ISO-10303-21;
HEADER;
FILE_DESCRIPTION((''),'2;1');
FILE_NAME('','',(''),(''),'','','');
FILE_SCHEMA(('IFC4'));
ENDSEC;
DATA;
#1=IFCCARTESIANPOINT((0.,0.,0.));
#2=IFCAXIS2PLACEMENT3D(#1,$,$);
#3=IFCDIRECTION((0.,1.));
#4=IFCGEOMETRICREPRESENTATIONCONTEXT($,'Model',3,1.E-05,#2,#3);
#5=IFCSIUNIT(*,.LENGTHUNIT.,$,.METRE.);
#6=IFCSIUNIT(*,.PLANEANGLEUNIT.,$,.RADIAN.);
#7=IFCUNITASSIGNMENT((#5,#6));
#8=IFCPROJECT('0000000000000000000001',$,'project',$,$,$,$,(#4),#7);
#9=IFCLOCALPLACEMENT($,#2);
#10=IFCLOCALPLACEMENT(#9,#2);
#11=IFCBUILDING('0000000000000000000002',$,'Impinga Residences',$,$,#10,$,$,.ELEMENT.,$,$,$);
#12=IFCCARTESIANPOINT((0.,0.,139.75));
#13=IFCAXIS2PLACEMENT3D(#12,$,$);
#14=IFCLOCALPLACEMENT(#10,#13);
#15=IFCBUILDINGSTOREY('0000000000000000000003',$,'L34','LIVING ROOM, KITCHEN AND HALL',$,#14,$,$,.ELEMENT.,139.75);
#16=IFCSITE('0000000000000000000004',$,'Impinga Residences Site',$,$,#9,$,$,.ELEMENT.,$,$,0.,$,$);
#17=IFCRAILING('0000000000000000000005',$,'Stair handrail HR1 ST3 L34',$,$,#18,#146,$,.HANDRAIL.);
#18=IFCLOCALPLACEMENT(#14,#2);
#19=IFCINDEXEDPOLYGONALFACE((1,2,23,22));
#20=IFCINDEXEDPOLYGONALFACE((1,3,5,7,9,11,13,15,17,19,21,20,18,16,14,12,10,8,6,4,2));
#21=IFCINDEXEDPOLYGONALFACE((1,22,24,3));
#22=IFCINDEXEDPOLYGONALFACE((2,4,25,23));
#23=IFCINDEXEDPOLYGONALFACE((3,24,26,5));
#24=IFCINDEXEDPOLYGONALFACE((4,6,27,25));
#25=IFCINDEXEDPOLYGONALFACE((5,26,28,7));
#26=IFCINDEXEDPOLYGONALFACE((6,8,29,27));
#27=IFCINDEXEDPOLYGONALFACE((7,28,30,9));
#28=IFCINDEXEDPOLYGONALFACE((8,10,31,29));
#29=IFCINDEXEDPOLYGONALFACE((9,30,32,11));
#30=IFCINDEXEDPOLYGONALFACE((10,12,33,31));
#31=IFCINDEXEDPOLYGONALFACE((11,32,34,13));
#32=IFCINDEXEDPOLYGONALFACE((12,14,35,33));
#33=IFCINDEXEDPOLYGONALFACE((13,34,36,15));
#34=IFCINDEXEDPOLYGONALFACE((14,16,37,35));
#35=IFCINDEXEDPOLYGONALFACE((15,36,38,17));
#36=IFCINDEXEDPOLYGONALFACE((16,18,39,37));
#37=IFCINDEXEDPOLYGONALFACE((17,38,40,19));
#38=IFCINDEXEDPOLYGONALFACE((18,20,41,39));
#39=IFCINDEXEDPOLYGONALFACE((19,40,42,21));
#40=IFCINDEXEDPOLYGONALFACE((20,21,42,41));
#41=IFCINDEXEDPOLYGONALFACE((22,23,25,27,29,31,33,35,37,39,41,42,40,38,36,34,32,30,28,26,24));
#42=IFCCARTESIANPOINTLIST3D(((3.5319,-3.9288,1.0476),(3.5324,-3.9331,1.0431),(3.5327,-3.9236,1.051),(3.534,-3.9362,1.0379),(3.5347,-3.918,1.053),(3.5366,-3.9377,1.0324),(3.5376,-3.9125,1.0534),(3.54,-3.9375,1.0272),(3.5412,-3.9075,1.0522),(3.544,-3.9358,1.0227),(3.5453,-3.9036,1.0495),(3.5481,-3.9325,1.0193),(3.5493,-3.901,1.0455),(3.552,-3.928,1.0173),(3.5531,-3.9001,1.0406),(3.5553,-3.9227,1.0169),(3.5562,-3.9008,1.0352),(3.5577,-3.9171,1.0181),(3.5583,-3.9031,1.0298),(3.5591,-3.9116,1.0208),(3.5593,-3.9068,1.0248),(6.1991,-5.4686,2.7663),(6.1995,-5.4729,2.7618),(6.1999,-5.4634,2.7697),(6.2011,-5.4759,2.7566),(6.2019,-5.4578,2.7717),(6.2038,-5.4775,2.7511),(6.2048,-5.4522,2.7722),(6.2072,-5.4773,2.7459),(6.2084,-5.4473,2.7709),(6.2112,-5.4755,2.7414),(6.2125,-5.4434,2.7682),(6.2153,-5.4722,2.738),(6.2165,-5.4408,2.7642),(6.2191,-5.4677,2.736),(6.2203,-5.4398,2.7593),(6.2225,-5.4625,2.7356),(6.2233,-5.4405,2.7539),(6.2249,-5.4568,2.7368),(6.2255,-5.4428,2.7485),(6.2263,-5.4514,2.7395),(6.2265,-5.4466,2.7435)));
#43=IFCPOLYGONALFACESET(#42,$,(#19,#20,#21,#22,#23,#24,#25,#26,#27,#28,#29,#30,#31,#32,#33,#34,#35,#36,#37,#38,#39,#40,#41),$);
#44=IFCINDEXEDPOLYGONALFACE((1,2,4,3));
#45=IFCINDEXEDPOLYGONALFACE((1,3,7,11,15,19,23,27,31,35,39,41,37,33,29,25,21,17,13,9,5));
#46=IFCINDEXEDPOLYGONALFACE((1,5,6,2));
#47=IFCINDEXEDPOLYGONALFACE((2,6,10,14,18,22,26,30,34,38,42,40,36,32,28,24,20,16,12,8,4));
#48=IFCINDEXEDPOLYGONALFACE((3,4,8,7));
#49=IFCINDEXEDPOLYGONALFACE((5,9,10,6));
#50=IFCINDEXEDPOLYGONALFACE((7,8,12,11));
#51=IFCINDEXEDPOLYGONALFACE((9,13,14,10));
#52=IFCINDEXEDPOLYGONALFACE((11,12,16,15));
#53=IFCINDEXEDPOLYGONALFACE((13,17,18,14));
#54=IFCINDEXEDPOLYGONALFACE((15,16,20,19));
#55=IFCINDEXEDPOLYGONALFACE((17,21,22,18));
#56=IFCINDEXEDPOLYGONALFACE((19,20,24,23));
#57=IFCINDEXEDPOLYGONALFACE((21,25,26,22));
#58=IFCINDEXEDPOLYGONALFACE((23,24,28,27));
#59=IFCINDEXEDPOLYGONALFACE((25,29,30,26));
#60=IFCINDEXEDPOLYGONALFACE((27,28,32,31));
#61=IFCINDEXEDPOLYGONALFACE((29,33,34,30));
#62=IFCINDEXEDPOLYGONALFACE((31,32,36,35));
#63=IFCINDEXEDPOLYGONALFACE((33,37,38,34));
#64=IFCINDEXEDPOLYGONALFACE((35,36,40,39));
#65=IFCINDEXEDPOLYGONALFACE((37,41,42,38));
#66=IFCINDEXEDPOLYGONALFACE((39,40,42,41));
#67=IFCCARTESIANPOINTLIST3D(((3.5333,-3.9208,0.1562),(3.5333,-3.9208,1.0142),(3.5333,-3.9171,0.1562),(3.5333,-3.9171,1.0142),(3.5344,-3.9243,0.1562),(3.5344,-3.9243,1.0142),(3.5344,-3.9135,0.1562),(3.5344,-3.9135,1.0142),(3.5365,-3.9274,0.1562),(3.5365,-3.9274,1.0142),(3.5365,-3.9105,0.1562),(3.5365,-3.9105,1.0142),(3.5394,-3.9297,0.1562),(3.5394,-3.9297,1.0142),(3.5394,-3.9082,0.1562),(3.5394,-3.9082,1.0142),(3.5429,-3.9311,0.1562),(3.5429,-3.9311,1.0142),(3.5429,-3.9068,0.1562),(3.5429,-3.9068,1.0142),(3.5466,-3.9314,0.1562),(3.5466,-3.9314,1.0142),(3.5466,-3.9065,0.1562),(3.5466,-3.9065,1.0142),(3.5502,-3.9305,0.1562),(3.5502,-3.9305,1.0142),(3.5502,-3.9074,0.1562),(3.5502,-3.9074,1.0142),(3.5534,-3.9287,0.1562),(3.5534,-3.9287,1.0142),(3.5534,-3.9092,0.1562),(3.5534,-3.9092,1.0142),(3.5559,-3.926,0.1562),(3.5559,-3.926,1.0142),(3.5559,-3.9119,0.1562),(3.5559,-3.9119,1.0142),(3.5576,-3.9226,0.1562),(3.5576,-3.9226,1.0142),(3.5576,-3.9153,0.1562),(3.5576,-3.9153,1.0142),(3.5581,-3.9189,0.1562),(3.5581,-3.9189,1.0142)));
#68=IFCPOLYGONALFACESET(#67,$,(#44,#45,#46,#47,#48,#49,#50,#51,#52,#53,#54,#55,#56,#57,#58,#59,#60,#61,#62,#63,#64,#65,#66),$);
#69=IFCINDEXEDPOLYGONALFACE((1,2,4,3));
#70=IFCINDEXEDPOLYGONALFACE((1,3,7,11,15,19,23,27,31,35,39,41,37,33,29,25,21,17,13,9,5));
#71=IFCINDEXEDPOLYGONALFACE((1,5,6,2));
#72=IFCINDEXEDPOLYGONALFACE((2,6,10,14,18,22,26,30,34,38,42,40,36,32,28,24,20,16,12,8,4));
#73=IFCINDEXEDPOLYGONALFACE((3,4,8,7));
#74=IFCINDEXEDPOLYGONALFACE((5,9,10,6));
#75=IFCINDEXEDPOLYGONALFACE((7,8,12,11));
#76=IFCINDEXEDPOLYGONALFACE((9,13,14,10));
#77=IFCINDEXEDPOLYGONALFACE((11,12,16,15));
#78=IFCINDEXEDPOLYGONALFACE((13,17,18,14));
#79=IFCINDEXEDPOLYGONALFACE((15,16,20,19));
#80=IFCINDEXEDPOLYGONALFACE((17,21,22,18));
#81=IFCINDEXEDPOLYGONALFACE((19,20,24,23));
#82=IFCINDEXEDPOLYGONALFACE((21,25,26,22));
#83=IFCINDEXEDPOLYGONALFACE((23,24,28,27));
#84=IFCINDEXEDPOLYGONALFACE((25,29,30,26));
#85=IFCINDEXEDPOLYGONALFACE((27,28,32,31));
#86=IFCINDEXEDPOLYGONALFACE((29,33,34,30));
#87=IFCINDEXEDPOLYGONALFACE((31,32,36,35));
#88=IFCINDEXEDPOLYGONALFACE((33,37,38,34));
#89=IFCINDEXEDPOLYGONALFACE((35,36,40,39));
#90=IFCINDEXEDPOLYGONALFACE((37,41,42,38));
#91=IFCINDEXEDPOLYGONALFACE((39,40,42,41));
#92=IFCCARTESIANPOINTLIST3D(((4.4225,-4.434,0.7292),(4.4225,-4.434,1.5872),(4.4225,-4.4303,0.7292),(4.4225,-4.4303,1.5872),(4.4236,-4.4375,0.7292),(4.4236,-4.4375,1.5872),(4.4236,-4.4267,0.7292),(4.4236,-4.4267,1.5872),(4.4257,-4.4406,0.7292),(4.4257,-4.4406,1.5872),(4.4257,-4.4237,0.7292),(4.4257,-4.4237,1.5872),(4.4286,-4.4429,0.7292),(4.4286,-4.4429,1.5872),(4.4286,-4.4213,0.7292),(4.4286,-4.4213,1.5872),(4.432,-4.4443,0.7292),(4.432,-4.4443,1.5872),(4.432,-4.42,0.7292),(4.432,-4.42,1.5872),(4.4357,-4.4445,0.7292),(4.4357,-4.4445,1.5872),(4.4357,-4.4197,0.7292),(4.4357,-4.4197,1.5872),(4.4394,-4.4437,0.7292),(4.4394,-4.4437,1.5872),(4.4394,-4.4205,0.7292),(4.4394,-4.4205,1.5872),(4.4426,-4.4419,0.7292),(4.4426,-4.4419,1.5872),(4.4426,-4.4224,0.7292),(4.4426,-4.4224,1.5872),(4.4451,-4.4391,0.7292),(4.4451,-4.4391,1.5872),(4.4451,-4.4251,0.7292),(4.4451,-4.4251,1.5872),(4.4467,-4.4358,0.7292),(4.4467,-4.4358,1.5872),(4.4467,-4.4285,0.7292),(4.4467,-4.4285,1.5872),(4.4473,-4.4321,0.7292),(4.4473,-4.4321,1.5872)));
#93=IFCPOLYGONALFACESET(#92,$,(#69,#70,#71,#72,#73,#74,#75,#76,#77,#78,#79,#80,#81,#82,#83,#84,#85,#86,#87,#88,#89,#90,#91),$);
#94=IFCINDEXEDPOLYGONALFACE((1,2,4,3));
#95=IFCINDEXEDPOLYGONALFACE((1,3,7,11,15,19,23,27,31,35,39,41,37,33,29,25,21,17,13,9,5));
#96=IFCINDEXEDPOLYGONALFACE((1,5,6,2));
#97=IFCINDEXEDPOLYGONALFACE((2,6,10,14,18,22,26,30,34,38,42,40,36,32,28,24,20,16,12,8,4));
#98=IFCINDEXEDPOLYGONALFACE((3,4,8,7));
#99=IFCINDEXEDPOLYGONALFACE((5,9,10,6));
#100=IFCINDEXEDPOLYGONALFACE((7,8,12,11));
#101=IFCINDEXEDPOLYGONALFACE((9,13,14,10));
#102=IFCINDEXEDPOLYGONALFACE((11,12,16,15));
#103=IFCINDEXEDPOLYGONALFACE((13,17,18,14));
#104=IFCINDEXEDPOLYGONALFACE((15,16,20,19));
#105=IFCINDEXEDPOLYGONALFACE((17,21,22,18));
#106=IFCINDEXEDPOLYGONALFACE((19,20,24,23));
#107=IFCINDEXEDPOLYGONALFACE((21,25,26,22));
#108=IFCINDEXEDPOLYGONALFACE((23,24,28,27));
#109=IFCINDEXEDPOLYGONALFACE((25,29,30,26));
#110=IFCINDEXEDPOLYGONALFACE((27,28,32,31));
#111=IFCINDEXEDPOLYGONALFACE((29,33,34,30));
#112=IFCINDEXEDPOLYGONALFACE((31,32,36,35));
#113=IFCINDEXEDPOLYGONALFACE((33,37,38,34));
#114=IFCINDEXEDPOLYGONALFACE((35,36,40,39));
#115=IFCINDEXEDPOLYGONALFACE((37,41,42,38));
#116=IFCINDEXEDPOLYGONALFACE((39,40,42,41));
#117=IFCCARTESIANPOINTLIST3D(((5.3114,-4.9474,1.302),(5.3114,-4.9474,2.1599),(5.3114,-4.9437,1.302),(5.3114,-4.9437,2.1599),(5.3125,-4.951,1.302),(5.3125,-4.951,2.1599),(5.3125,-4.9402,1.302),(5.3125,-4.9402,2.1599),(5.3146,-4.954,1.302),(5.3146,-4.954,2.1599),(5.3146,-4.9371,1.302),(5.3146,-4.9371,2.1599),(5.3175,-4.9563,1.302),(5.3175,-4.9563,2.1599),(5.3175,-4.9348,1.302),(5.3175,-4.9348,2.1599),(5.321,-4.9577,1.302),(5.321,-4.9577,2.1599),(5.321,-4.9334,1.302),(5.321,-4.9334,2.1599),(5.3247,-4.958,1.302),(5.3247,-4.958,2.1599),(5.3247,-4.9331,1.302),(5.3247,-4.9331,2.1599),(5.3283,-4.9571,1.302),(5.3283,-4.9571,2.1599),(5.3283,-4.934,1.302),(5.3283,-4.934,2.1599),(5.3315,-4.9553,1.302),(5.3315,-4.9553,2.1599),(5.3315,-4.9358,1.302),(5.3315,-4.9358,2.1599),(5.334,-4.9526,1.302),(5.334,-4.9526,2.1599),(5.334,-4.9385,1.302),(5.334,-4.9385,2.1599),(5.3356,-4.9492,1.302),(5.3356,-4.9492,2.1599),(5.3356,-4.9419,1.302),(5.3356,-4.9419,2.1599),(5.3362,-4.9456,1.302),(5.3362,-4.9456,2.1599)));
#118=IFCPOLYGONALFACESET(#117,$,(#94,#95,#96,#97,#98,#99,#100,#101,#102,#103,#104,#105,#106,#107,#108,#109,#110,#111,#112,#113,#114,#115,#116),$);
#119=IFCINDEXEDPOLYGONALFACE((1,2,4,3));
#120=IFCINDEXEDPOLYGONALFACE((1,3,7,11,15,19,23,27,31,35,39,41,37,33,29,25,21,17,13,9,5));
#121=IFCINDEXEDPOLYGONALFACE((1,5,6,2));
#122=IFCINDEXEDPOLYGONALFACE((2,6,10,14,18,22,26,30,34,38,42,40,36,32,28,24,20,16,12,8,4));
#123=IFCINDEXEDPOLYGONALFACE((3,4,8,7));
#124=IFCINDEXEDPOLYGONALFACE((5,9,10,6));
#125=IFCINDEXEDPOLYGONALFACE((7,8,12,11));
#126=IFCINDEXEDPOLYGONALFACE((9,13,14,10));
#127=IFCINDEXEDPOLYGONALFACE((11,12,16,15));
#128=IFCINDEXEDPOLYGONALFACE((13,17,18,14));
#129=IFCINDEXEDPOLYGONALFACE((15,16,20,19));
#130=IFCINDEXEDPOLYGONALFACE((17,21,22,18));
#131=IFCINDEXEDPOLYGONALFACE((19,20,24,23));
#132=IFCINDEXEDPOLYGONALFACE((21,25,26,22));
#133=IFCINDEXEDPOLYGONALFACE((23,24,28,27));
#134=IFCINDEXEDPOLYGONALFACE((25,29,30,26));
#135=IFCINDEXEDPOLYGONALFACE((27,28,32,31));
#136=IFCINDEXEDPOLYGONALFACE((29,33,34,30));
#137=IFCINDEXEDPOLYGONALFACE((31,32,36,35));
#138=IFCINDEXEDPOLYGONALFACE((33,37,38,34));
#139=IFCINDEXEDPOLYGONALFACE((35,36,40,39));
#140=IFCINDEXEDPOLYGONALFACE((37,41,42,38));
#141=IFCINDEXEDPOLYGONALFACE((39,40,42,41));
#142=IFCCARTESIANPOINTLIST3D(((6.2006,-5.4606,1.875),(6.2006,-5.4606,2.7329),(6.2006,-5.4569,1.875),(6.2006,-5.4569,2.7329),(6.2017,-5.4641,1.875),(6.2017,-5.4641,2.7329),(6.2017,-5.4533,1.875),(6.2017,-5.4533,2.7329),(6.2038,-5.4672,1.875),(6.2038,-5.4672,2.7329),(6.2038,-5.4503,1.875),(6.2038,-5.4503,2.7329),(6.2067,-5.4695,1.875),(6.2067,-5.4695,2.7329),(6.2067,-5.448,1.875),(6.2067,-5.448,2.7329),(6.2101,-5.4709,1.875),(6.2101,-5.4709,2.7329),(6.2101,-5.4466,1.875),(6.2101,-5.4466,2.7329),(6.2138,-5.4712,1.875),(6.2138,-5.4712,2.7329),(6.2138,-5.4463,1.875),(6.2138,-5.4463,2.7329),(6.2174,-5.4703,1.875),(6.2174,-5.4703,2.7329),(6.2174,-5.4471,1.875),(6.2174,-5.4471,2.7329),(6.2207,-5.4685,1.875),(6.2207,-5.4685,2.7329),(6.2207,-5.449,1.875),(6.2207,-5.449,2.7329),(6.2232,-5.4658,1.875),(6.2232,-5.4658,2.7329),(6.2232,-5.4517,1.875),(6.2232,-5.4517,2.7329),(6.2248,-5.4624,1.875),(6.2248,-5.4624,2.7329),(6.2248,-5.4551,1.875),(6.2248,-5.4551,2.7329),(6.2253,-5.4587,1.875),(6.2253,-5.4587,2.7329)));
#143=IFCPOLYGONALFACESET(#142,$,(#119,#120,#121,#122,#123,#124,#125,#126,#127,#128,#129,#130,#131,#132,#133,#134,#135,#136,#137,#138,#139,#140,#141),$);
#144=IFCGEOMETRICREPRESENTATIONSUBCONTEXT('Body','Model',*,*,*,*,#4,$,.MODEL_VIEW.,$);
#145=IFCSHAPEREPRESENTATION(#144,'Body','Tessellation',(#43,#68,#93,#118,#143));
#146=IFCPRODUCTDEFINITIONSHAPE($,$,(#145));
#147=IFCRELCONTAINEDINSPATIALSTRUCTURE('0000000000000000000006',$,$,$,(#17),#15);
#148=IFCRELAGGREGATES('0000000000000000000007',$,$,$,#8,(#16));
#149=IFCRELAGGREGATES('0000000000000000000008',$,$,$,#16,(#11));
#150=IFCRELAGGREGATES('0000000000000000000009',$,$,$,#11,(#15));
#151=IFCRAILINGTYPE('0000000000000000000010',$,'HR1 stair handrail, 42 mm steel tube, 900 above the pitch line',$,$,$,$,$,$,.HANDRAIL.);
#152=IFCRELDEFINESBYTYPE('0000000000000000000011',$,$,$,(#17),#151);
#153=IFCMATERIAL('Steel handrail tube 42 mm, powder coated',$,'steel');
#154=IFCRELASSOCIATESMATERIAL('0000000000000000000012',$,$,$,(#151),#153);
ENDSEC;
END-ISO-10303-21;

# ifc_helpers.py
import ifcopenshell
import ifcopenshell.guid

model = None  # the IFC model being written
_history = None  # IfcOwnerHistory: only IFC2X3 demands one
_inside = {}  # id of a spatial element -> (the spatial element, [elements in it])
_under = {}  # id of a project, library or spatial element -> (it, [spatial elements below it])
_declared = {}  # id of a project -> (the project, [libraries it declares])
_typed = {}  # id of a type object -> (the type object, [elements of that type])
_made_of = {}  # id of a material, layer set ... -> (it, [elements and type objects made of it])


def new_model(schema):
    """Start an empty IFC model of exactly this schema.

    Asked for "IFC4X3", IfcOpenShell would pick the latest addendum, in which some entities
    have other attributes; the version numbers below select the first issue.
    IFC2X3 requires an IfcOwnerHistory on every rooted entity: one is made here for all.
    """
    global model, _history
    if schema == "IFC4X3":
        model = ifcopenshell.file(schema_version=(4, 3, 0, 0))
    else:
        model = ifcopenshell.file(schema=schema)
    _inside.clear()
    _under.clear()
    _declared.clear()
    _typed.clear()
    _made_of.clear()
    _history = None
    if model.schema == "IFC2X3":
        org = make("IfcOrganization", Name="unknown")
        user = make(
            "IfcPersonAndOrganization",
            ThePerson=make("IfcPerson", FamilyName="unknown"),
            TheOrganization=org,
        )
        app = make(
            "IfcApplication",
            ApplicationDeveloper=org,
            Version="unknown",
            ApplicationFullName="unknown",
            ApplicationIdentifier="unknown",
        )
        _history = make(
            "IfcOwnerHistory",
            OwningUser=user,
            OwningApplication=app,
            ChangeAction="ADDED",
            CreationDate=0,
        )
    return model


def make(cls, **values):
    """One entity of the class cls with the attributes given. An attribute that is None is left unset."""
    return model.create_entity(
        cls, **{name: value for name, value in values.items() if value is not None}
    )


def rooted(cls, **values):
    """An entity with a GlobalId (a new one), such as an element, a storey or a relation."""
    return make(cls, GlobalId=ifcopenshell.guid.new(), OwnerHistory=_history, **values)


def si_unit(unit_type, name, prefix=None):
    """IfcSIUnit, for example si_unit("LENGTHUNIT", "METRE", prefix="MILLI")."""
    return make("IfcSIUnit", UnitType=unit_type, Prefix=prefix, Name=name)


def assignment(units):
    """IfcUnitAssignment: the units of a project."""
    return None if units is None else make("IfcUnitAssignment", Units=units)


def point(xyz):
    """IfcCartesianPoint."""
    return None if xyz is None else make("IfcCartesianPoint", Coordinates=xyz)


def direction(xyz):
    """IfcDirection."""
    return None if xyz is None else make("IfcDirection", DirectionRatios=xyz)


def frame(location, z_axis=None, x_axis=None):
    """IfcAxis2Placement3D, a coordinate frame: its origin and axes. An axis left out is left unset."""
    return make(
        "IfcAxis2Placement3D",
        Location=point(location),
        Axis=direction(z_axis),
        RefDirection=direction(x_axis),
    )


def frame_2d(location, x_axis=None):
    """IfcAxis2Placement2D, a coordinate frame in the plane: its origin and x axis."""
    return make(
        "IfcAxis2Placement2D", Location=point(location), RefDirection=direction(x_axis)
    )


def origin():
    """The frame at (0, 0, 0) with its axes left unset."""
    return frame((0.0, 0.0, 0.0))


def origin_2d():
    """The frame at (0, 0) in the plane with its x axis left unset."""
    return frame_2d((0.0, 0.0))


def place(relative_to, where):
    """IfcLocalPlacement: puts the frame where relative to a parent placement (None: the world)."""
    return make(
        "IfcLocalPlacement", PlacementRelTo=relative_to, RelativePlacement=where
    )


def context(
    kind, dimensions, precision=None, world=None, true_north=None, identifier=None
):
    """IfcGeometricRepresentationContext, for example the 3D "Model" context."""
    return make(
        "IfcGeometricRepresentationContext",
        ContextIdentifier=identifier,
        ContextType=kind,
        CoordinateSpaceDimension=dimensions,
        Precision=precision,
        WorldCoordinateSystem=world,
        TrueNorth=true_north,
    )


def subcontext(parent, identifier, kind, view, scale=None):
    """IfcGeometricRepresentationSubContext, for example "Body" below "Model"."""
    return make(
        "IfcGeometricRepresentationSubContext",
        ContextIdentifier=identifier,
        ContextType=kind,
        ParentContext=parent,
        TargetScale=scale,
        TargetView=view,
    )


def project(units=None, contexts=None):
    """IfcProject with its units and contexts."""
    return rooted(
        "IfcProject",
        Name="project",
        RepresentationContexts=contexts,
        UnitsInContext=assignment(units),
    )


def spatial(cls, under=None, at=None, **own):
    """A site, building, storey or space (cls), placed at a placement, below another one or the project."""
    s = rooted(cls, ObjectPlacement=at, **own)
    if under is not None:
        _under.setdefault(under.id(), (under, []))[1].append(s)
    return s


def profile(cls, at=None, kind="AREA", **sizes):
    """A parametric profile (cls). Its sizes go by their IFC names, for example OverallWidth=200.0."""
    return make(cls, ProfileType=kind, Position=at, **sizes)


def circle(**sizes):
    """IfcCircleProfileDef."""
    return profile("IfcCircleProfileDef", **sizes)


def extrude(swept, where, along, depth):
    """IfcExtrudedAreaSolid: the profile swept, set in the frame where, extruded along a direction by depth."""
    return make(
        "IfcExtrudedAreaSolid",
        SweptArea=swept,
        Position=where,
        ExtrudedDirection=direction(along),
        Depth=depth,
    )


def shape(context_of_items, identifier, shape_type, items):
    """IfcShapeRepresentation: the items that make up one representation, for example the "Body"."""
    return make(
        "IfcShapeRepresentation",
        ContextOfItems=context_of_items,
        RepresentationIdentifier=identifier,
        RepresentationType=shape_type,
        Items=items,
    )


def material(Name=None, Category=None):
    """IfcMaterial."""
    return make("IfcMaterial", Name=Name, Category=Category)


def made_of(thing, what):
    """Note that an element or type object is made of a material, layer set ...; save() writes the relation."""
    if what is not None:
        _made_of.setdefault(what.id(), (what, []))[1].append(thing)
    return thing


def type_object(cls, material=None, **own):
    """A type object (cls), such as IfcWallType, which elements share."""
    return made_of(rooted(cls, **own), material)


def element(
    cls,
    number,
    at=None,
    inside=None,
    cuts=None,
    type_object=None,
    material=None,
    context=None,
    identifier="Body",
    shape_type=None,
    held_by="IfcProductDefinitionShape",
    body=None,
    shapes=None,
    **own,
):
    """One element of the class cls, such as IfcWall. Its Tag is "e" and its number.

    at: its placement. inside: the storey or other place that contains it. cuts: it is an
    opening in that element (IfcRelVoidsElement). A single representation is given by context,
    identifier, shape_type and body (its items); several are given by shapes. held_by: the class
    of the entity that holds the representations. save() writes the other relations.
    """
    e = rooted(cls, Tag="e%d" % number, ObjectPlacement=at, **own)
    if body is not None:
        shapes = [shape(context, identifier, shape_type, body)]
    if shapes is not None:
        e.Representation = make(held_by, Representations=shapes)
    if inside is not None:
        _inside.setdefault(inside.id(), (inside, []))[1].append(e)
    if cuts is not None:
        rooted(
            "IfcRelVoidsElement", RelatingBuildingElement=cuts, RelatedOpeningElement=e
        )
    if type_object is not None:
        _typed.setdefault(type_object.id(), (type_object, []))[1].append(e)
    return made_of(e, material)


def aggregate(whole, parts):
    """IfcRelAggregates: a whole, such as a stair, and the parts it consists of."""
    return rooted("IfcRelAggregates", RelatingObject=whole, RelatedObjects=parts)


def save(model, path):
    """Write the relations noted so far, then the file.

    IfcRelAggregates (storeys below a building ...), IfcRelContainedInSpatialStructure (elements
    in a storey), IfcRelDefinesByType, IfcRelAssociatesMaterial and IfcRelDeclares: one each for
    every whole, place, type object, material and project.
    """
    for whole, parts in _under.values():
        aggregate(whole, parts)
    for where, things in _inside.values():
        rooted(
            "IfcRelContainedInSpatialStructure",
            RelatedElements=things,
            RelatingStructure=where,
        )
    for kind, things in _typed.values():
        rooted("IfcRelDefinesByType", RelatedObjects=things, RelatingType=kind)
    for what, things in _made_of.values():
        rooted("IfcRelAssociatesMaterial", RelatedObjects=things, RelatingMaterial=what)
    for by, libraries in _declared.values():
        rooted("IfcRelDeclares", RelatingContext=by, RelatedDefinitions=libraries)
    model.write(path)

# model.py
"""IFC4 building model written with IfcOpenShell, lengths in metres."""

from ifc_helpers import new_model, si_unit, direction, frame, origin, origin_2d, place, context, subcontext, project, spatial, circle, extrude, material, type_object, element, save


model = new_model("IFC4")

# Units and contexts
model_context = context("Model", 3, precision=1e-05, world=origin(), true_north=direction((0.0, 1.0)))
body_context = subcontext(model_context, "Body", "Model", "MODEL_VIEW")
ifc_project = project(units=[si_unit("LENGTHUNIT", "METRE"), si_unit("PLANEANGLEUNIT", "RADIAN")], contexts=[model_context])

# Site, building, storey
site_placement = place(None, origin())
site = spatial("IfcSite", under=ifc_project, at=site_placement, Name="Impinga Residences Site", CompositionType="ELEMENT", RefElevation=0.0)
building_placement = place(site_placement, origin())
building = spatial("IfcBuilding", under=site, at=building_placement, Name="Impinga Residences", CompositionType="ELEMENT")
storey_placement = place(building_placement, frame((0.0, 0.0, 139.75)))
storey = spatial("IfcBuildingStorey", under=building, at=storey_placement, Name="L34", Description="LIVING ROOM, KITCHEN AND HALL", CompositionType="ELEMENT", Elevation=139.75)

# Railing
ifc_material_1 = material(Name="Steel handrail tube 42 mm, powder coated", Category="steel")
railing_type_1 = type_object("IfcRailingType", Name="HR1 stair handrail, 42 mm steel tube, 900 above the pitch line", PredefinedType="HANDRAIL", material=ifc_material_1)
railing_1_placement = place(storey_placement, frame((3.5457, -3.9189, 0.1562)))
element("IfcRailing", 1, at=railing_1_placement, inside=storey, type_object=railing_type_1, Name="Stair handrail HR1 ST3 L34", PredefinedType="HANDRAIL", context=body_context, shape_type="SweptSolid", body=[
    extrude(circle(Radius=0.021, at=origin_2d()), frame((0.0, 0.0, 0.8789), z_axis=(0.756249, -0.436582, 0.487322), x_axis=(0.499967, 0.866044, 0.0)), (0.0, 0.0, 1.0), 3.5269),
    extrude(circle(Radius=0.0125, at=origin_2d()), origin(), (0.0, 0.0, 1.0), 0.8579),
    extrude(circle(Radius=0.0125, at=origin_2d()), frame((0.8892, -0.5132, 0.573)), (0.0, 0.0, 1.0), 0.8579),
    extrude(circle(Radius=0.0125, at=origin_2d()), frame((1.7781, -1.0266, 1.1458)), (0.0, 0.0, 1.0), 0.8579),
    extrude(circle(Radius=0.0125, at=origin_2d()), frame((2.6672, -1.5398, 1.7188)), (0.0, 0.0, 1.0), 0.8579),
])

save(model, "model.ifc")
